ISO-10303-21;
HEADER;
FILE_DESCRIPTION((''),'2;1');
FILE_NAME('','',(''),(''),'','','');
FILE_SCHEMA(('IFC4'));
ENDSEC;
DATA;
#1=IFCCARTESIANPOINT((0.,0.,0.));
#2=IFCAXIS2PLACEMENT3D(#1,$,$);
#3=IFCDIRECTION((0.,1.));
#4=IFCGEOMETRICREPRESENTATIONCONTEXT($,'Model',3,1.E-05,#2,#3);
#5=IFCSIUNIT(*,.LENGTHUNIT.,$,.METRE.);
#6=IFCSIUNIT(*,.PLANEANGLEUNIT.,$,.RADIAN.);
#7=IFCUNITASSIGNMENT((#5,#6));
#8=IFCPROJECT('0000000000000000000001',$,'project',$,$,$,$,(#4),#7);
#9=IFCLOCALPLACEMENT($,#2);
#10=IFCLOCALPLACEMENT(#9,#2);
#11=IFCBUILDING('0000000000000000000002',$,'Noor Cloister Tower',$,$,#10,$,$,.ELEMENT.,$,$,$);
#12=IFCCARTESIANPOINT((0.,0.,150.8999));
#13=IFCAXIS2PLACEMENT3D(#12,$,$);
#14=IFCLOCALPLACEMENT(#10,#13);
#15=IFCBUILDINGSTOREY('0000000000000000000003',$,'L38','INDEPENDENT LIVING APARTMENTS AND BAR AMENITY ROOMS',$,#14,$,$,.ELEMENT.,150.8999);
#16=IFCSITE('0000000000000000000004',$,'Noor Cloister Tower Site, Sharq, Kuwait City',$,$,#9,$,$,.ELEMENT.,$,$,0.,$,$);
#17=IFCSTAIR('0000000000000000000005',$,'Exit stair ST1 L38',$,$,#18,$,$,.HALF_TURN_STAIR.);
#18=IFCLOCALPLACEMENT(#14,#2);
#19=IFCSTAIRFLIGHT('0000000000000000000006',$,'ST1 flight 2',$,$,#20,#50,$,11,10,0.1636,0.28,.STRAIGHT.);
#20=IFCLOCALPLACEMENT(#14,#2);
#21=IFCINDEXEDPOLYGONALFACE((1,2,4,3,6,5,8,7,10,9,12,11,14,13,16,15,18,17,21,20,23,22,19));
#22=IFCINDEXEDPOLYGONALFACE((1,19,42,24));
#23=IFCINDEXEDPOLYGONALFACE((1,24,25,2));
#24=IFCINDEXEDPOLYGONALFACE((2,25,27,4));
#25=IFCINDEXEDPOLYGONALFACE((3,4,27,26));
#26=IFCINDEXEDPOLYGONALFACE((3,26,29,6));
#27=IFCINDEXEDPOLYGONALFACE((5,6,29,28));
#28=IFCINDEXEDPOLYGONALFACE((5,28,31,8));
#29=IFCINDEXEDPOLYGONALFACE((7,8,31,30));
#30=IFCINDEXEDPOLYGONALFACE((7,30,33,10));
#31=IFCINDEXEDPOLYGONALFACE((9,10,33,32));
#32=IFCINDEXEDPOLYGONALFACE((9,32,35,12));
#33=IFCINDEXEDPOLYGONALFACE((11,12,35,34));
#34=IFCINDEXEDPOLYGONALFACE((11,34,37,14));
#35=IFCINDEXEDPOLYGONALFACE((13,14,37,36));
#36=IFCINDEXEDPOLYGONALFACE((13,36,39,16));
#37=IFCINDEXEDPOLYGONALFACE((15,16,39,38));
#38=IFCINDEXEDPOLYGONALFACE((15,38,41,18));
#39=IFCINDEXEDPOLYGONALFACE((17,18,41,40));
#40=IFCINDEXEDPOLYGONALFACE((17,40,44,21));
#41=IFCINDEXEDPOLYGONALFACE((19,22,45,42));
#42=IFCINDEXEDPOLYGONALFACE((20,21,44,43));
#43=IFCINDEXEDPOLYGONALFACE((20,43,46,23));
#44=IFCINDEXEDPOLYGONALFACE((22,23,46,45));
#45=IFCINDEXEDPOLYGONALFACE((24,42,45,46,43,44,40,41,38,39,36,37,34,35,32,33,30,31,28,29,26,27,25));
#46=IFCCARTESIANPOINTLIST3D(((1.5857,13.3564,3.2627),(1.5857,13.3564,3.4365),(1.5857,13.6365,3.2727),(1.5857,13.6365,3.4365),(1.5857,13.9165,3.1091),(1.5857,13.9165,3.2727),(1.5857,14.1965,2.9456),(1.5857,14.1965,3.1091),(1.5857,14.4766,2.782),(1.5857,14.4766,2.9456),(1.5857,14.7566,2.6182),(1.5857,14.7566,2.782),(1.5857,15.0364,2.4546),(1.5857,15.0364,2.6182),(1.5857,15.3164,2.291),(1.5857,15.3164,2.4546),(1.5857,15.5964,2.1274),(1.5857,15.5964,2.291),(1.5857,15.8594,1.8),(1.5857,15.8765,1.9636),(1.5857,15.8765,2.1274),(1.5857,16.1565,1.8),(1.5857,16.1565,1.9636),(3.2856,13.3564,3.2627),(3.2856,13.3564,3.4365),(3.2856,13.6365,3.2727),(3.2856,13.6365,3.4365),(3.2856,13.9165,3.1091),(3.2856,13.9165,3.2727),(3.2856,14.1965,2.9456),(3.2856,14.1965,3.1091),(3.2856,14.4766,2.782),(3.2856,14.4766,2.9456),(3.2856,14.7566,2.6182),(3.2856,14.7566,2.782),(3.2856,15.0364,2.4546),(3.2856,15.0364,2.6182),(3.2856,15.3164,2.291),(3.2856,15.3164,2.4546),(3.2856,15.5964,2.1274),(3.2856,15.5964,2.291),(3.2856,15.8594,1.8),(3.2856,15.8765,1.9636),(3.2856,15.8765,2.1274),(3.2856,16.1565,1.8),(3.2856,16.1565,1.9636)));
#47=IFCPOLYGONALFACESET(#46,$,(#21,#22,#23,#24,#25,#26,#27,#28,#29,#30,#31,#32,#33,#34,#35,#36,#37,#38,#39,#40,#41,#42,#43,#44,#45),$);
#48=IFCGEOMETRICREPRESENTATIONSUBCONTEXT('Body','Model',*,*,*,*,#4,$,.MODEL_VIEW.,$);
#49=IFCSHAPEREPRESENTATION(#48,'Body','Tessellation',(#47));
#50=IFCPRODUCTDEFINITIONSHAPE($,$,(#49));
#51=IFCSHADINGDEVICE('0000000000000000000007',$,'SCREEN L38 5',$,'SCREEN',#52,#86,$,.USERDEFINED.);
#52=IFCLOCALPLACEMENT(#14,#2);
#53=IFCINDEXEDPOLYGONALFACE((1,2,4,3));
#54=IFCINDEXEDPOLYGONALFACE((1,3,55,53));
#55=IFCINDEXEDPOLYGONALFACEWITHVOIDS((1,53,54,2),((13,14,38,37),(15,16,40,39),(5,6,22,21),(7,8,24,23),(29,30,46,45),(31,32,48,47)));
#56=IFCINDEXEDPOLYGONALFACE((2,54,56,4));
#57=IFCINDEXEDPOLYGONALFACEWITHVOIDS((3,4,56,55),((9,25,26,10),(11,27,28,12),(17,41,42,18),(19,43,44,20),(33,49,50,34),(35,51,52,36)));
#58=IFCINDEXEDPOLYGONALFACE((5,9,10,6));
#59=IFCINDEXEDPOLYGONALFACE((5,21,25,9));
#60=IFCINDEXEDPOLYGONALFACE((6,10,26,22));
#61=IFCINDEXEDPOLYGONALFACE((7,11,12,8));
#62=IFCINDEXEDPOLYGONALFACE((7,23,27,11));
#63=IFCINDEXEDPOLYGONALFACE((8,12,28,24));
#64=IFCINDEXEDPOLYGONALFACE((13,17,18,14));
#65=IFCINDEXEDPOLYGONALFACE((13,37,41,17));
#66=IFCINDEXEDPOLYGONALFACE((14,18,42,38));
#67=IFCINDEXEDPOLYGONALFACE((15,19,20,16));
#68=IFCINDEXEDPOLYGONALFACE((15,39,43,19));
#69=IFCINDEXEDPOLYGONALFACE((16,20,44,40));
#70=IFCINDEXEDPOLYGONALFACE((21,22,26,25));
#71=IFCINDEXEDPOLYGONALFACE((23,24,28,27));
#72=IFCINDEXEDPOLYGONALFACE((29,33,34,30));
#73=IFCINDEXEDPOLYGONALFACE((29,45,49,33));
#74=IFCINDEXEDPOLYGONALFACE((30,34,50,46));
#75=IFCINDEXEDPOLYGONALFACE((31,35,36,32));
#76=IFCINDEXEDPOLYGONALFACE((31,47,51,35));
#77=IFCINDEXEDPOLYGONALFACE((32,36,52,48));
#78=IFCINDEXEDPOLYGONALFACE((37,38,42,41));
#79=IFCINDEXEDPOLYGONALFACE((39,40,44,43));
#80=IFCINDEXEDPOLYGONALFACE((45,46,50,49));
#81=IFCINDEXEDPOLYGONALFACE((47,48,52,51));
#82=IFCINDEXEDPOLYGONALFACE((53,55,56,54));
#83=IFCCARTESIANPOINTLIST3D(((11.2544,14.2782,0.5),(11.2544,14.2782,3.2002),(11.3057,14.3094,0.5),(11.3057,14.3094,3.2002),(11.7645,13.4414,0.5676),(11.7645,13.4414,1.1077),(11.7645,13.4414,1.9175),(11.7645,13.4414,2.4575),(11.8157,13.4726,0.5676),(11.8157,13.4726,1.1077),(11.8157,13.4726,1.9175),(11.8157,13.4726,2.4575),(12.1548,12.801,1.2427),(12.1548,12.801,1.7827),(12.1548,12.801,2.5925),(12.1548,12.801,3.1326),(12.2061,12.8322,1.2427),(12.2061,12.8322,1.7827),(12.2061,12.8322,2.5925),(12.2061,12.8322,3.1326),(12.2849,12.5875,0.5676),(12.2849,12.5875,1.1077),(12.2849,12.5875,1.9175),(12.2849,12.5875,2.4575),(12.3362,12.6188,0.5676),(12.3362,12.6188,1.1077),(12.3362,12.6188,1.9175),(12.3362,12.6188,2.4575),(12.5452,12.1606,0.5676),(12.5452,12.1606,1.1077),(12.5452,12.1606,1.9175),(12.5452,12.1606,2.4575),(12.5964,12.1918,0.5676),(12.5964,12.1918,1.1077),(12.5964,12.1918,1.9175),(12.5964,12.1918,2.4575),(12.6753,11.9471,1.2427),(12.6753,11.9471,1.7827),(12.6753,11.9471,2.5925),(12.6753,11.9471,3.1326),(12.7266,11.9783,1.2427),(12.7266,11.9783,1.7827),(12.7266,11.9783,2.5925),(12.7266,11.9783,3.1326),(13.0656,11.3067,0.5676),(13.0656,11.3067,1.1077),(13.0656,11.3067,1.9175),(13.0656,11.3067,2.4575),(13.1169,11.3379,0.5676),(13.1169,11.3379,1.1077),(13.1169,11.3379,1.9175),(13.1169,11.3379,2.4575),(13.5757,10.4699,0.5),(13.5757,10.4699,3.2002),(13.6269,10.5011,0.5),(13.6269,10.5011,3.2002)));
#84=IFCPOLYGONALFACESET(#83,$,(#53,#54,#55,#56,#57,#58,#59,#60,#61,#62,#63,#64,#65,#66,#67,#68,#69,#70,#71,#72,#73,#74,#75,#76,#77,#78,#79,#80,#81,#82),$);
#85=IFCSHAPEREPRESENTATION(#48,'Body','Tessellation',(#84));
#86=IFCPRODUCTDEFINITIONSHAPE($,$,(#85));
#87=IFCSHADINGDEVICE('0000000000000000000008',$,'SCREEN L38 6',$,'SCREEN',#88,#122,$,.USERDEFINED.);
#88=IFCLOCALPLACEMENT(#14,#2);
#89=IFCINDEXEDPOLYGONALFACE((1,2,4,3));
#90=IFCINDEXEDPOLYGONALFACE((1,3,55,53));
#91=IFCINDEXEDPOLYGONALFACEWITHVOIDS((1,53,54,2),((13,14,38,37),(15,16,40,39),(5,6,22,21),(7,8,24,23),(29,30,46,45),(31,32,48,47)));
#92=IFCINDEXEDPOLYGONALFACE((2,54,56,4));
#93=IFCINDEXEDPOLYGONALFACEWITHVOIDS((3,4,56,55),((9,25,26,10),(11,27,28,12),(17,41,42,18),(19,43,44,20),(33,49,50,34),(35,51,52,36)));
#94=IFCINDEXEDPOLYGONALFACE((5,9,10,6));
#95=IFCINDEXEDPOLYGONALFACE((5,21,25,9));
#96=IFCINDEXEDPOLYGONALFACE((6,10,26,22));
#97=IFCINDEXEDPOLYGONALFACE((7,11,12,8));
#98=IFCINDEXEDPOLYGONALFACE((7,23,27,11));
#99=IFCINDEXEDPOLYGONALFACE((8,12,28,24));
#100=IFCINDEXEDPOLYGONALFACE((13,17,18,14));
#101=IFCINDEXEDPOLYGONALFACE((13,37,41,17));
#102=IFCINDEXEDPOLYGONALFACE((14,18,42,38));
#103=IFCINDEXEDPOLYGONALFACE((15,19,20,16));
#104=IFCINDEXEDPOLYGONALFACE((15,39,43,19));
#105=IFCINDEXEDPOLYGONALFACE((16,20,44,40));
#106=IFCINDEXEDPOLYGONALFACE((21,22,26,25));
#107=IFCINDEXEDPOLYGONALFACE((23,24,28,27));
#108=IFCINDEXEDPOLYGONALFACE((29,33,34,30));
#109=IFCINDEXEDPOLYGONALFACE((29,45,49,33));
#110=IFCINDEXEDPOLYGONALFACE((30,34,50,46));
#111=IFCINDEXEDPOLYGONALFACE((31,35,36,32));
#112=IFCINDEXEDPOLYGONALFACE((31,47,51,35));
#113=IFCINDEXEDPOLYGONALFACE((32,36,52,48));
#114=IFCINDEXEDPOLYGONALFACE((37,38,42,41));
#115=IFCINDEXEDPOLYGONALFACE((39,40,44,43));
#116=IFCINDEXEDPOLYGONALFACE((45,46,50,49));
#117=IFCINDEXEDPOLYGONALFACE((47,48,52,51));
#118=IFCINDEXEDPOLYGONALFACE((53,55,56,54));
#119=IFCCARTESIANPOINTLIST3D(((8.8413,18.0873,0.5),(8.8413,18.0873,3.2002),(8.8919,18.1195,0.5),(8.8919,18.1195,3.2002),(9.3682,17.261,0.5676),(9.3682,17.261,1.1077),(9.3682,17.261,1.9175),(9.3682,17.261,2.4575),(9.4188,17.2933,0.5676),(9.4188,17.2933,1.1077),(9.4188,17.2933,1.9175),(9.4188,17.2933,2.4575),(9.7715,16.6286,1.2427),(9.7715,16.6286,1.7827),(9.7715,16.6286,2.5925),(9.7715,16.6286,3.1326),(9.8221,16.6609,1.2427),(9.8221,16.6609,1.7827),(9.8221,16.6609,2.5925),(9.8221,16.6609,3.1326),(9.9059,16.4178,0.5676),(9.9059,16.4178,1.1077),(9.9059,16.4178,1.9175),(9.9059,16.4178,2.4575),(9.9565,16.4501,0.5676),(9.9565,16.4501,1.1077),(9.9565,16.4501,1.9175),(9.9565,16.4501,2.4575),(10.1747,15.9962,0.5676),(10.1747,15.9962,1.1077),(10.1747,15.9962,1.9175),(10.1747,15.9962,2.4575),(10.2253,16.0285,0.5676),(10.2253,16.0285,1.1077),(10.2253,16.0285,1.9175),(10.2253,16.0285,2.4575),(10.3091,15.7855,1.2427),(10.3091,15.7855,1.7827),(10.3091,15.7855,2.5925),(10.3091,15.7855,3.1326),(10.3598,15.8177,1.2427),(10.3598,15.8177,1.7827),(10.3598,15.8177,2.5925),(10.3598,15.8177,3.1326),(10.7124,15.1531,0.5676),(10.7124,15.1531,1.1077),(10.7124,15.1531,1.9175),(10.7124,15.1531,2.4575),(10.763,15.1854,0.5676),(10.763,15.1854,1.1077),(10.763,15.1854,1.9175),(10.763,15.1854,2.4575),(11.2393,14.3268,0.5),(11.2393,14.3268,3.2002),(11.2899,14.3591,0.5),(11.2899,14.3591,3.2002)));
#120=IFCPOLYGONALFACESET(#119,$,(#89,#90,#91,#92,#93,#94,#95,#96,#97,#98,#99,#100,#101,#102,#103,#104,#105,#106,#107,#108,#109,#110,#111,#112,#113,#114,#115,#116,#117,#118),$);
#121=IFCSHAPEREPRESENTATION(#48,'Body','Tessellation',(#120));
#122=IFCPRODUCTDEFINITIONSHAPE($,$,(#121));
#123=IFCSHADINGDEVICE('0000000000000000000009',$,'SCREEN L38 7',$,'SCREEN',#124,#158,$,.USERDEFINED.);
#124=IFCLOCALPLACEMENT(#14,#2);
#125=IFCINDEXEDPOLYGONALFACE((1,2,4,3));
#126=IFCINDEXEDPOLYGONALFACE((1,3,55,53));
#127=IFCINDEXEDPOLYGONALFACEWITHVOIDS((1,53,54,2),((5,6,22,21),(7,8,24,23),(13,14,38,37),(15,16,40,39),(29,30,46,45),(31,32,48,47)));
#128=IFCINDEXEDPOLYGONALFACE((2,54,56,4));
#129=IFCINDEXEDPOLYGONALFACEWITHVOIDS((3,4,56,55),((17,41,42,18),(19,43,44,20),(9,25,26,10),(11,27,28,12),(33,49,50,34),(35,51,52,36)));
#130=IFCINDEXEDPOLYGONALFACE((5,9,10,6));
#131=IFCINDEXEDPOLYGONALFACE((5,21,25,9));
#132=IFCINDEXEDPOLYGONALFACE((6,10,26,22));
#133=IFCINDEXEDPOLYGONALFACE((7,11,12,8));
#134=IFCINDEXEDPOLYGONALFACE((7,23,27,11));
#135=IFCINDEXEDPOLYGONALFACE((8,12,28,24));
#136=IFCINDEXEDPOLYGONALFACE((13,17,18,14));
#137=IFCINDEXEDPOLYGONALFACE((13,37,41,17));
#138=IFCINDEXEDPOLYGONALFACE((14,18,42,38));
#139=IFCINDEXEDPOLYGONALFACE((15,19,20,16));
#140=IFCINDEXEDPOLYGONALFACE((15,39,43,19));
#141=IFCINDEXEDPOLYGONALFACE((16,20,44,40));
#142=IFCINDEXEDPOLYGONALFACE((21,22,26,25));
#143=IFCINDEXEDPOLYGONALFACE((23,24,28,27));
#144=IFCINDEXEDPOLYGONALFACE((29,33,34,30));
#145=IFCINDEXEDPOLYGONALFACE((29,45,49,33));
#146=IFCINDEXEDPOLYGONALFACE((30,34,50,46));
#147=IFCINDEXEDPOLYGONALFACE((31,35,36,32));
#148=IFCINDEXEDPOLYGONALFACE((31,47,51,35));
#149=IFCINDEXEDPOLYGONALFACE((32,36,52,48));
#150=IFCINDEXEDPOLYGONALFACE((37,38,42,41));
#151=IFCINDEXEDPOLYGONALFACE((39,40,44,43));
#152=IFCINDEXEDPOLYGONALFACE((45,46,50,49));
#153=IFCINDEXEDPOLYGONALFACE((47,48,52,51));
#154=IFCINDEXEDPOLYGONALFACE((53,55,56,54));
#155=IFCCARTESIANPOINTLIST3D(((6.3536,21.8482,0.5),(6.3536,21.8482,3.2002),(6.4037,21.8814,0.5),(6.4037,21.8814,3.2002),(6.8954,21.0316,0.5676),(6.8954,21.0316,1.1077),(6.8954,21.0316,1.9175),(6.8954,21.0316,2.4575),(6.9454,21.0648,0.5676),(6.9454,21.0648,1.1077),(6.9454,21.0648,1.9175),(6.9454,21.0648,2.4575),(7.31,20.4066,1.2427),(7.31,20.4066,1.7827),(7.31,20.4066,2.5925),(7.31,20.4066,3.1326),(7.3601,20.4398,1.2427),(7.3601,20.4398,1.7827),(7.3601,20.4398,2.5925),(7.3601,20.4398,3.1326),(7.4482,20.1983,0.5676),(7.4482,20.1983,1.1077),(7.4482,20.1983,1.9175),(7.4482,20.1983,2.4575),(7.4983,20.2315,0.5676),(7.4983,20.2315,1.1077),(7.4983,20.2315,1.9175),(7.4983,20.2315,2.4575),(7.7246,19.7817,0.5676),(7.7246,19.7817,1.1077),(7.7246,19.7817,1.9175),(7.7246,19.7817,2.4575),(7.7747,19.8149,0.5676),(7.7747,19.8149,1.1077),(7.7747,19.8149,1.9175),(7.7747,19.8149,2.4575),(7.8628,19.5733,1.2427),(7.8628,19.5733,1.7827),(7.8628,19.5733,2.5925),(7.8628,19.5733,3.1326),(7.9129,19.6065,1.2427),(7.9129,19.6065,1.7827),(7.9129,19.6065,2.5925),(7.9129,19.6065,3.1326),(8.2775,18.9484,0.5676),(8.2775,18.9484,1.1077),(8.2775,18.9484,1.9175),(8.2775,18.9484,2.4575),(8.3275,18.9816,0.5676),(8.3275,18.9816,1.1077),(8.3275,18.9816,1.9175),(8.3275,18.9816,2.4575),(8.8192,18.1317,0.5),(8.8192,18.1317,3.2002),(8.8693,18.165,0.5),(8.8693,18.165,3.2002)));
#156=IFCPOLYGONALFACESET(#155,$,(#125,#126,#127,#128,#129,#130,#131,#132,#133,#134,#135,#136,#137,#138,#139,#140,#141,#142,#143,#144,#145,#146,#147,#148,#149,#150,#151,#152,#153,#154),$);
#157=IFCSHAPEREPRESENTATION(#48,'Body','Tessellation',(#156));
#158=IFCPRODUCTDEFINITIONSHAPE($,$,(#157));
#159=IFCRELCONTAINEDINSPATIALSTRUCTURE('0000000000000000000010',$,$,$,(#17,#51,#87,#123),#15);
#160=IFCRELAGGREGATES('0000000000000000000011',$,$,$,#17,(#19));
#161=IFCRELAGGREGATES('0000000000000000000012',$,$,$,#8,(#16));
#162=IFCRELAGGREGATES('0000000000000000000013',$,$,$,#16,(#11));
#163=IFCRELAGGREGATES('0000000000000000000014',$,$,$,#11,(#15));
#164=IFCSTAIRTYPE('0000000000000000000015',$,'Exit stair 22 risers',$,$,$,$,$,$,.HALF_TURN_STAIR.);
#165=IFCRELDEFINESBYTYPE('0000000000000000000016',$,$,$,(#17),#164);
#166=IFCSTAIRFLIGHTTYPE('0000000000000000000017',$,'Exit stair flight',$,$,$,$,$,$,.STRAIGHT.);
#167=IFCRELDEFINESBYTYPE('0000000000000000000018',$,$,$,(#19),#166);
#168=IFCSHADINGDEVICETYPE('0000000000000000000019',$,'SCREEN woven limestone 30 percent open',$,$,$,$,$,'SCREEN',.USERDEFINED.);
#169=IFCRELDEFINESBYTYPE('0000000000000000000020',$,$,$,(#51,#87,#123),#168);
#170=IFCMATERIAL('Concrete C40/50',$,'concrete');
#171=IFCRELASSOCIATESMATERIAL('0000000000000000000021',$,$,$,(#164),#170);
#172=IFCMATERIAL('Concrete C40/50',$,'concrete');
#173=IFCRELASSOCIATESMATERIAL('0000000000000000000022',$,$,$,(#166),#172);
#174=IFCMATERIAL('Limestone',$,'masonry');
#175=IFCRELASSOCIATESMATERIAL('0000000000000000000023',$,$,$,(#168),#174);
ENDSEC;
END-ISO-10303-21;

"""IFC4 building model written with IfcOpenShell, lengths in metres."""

from ifc_helpers import new_model, si_unit, direction, frame, origin, place, context, subcontext, project, spatial, polyline, outline, extrude, material, material_profile, profile_set, type_object, element, aggregate, save


model = new_model("IFC4")

# Units and contexts
model_context = context("Model", 3, precision=1e-05, world=origin(), true_north=direction((0.0, 1.0)))
body_context = subcontext(model_context, "Body", "Model", "MODEL_VIEW")
ifc_project = project(units=[si_unit("LENGTHUNIT", "METRE"), si_unit("PLANEANGLEUNIT", "RADIAN")], contexts=[model_context])

# Site, building, storey
site_placement = place(None, origin())
site = spatial("IfcSite", under=ifc_project, at=site_placement, Name="Noor Cloister Tower Site, Sharq, Kuwait City", CompositionType="ELEMENT", RefElevation=0.0)
building_placement = place(site_placement, origin())
building = spatial("IfcBuilding", under=site, at=building_placement, Name="Noor Cloister Tower", CompositionType="ELEMENT")
storey_placement = place(building_placement, frame((0.0, 0.0, 150.8999)))
storey = spatial("IfcBuildingStorey", under=building, at=storey_placement, Name="L38", Description="INDEPENDENT LIVING APARTMENTS AND BAR AMENITY ROOMS", CompositionType="ELEMENT", Elevation=150.8999)

# Stair, stair flight
ifc_material_1 = material(Name="Concrete C40/50", Category="concrete")
stair_type = type_object("IfcStairType", Name="Exit stair 22 risers", PredefinedType="HALF_TURN_STAIR", material=ifc_material_1)
stair_placement = place(storey_placement, origin())
stair = element("IfcStair", 1, at=stair_placement, inside=storey, type_object=stair_type, Name="Exit stair ST1 L38", PredefinedType="HALF_TURN_STAIR")
ifc_material_2 = material(Name="Concrete C40/50", Category="concrete")
stair_flight_type = type_object("IfcStairFlightType", Name="Exit stair flight", PredefinedType="STRAIGHT", material=ifc_material_2)
stair_flight_1_placement = place(storey_placement, frame((2.4355, 16.1565, 1.8), z_axis=(0.0, 0.0, 1.0), x_axis=(0.0, -1.0, 0.0)))
stair_flight_1 = element("IfcStairFlight", 2, at=stair_flight_1_placement, type_object=stair_flight_type, Name="ST1 flight 2", NumberOfRisers=11, NumberOfTreads=10, PredefinedType="STRAIGHT", RiserHeight=0.1636, TreadLength=0.28, context=body_context, shape_type="SweptSolid", body=[
    extrude(outline(polyline([(0.0, 0.0), (0.0, 0.1636), (0.28, 0.1636), (0.28, 0.3274), (0.5601, 0.3274), (0.5601, 0.491), (0.8401, 0.491), (0.8401, 0.6545), (1.1201, 0.6545), (1.1201, 0.8181), (1.3999, 0.8181), (1.3999, 0.9819), (1.6799, 0.9819), (1.6799, 1.1455), (1.96, 1.1455), (1.96, 1.3091), (2.24, 1.3091), (2.24, 1.4727), (2.52, 1.4727), (2.52, 1.6365), (2.8, 1.6365), (2.8, 1.8), (2.8, 1.4626), (0.2971, 0.0), (0.0, 0.0)])), frame((0.0, 0.8501, 0.0), z_axis=(0.0, -1.0, 0.0), x_axis=(1.0, 0.0, 0.0)), (0.0, 0.0, 1.0), 1.7),
])
aggregate(stair, [stair_flight_1])

# Shading devices
ifc_material_3 = material(Name="Limestone", Category="masonry")
ifc_material_profile_1 = material_profile(ifc_material_3, outline(polyline([(-2.23, -1.3501), (2.23, -1.3501), (2.23, 1.3501), (-2.23, 1.3501), (-2.23, -1.3501)]), holes=[polyline([(-1.25, -1.2825), (-0.25, -1.2825), (-0.25, -0.7424), (-1.25, -0.7424), (-1.25, -1.2825)]), polyline([(0.25, -1.2825), (1.25, -1.2825), (1.25, -0.7424), (0.25, -0.7424), (0.25, -1.2825)]), polyline([(-0.5, -0.6074), (0.5, -0.6074), (0.5, -0.0674), (-0.5, -0.0674), (-0.5, -0.6074)]), polyline([(-1.25, 0.0674), (-0.25, 0.0674), (-0.25, 0.6074), (-1.25, 0.6074), (-1.25, 0.0674)]), polyline([(0.25, 0.0674), (1.25, 0.0674), (1.25, 0.6074), (0.25, 0.6074), (0.25, 0.0674)]), polyline([(-0.5, 0.7424), (0.5, 0.7424), (0.5, 1.2825), (-0.5, 1.2825), (-0.5, 0.7424)])]), Name="Woven screen 30 percent open")
ifc_profile_set_1 = profile_set([ifc_material_profile_1], Name="Limestone")
shading_device_type = type_object("IfcShadingDeviceType", Name="SCREEN woven limestone 30 percent open", ElementType="SCREEN", PredefinedType="USERDEFINED", material=ifc_profile_set_1)
for number, where, z_axis, x_axis, name in (
    (3, (12.415, 12.374, 1.8501), (0.853884, 0.520463, 0.0), (-0.520463, 0.853884, 0.0), "SCREEN L38 5"),
    (4, (10.0403, 16.207, 1.8501), (0.843158, 0.537666, 0.0), (-0.537666, 0.843158, 0.0), "SCREEN L38 6"),
    (5, (7.5864, 19.99, 1.8501), (0.833299, 0.552823, 0.0), (-0.552823, 0.833299, 0.0), "SCREEN L38 7"),
):
    element("IfcShadingDevice", number, at=place(storey_placement, frame(where, z_axis=z_axis, x_axis=x_axis)), inside=storey, type_object=shading_device_type, Name=name, ObjectType="SCREEN", PredefinedType="USERDEFINED", context=body_context, shape_type="SweptSolid", body=[
        extrude(outline(polyline([(-2.23, -1.3501), (2.23, -1.3501), (2.23, 1.3501), (-2.23, 1.3501), (-2.23, -1.3501)]), holes=[polyline([(-1.25, -1.2825), (-0.25, -1.2825), (-0.25, -0.7424), (-1.25, -0.7424), (-1.25, -1.2825)]), polyline([(0.25, -1.2825), (1.25, -1.2825), (1.25, -0.7424), (0.25, -0.7424), (0.25, -1.2825)]), polyline([(-0.5, -0.6074), (0.5, -0.6074), (0.5, -0.0674), (-0.5, -0.0674), (-0.5, -0.6074)]), polyline([(-1.25, 0.0674), (-0.25, 0.0674), (-0.25, 0.6074), (-1.25, 0.6074), (-1.25, 0.0674)]), polyline([(0.25, 0.0674), (1.25, 0.0674), (1.25, 0.6074), (0.25, 0.6074), (0.25, 0.0674)]), polyline([(-0.5, 0.7424), (0.5, 0.7424), (0.5, 1.2825), (-0.5, 1.2825), (-0.5, 0.7424)])]), origin(), (0.0, 0.0, 1.0), 0.0601),
    ])

save(model, "model.ifc")
